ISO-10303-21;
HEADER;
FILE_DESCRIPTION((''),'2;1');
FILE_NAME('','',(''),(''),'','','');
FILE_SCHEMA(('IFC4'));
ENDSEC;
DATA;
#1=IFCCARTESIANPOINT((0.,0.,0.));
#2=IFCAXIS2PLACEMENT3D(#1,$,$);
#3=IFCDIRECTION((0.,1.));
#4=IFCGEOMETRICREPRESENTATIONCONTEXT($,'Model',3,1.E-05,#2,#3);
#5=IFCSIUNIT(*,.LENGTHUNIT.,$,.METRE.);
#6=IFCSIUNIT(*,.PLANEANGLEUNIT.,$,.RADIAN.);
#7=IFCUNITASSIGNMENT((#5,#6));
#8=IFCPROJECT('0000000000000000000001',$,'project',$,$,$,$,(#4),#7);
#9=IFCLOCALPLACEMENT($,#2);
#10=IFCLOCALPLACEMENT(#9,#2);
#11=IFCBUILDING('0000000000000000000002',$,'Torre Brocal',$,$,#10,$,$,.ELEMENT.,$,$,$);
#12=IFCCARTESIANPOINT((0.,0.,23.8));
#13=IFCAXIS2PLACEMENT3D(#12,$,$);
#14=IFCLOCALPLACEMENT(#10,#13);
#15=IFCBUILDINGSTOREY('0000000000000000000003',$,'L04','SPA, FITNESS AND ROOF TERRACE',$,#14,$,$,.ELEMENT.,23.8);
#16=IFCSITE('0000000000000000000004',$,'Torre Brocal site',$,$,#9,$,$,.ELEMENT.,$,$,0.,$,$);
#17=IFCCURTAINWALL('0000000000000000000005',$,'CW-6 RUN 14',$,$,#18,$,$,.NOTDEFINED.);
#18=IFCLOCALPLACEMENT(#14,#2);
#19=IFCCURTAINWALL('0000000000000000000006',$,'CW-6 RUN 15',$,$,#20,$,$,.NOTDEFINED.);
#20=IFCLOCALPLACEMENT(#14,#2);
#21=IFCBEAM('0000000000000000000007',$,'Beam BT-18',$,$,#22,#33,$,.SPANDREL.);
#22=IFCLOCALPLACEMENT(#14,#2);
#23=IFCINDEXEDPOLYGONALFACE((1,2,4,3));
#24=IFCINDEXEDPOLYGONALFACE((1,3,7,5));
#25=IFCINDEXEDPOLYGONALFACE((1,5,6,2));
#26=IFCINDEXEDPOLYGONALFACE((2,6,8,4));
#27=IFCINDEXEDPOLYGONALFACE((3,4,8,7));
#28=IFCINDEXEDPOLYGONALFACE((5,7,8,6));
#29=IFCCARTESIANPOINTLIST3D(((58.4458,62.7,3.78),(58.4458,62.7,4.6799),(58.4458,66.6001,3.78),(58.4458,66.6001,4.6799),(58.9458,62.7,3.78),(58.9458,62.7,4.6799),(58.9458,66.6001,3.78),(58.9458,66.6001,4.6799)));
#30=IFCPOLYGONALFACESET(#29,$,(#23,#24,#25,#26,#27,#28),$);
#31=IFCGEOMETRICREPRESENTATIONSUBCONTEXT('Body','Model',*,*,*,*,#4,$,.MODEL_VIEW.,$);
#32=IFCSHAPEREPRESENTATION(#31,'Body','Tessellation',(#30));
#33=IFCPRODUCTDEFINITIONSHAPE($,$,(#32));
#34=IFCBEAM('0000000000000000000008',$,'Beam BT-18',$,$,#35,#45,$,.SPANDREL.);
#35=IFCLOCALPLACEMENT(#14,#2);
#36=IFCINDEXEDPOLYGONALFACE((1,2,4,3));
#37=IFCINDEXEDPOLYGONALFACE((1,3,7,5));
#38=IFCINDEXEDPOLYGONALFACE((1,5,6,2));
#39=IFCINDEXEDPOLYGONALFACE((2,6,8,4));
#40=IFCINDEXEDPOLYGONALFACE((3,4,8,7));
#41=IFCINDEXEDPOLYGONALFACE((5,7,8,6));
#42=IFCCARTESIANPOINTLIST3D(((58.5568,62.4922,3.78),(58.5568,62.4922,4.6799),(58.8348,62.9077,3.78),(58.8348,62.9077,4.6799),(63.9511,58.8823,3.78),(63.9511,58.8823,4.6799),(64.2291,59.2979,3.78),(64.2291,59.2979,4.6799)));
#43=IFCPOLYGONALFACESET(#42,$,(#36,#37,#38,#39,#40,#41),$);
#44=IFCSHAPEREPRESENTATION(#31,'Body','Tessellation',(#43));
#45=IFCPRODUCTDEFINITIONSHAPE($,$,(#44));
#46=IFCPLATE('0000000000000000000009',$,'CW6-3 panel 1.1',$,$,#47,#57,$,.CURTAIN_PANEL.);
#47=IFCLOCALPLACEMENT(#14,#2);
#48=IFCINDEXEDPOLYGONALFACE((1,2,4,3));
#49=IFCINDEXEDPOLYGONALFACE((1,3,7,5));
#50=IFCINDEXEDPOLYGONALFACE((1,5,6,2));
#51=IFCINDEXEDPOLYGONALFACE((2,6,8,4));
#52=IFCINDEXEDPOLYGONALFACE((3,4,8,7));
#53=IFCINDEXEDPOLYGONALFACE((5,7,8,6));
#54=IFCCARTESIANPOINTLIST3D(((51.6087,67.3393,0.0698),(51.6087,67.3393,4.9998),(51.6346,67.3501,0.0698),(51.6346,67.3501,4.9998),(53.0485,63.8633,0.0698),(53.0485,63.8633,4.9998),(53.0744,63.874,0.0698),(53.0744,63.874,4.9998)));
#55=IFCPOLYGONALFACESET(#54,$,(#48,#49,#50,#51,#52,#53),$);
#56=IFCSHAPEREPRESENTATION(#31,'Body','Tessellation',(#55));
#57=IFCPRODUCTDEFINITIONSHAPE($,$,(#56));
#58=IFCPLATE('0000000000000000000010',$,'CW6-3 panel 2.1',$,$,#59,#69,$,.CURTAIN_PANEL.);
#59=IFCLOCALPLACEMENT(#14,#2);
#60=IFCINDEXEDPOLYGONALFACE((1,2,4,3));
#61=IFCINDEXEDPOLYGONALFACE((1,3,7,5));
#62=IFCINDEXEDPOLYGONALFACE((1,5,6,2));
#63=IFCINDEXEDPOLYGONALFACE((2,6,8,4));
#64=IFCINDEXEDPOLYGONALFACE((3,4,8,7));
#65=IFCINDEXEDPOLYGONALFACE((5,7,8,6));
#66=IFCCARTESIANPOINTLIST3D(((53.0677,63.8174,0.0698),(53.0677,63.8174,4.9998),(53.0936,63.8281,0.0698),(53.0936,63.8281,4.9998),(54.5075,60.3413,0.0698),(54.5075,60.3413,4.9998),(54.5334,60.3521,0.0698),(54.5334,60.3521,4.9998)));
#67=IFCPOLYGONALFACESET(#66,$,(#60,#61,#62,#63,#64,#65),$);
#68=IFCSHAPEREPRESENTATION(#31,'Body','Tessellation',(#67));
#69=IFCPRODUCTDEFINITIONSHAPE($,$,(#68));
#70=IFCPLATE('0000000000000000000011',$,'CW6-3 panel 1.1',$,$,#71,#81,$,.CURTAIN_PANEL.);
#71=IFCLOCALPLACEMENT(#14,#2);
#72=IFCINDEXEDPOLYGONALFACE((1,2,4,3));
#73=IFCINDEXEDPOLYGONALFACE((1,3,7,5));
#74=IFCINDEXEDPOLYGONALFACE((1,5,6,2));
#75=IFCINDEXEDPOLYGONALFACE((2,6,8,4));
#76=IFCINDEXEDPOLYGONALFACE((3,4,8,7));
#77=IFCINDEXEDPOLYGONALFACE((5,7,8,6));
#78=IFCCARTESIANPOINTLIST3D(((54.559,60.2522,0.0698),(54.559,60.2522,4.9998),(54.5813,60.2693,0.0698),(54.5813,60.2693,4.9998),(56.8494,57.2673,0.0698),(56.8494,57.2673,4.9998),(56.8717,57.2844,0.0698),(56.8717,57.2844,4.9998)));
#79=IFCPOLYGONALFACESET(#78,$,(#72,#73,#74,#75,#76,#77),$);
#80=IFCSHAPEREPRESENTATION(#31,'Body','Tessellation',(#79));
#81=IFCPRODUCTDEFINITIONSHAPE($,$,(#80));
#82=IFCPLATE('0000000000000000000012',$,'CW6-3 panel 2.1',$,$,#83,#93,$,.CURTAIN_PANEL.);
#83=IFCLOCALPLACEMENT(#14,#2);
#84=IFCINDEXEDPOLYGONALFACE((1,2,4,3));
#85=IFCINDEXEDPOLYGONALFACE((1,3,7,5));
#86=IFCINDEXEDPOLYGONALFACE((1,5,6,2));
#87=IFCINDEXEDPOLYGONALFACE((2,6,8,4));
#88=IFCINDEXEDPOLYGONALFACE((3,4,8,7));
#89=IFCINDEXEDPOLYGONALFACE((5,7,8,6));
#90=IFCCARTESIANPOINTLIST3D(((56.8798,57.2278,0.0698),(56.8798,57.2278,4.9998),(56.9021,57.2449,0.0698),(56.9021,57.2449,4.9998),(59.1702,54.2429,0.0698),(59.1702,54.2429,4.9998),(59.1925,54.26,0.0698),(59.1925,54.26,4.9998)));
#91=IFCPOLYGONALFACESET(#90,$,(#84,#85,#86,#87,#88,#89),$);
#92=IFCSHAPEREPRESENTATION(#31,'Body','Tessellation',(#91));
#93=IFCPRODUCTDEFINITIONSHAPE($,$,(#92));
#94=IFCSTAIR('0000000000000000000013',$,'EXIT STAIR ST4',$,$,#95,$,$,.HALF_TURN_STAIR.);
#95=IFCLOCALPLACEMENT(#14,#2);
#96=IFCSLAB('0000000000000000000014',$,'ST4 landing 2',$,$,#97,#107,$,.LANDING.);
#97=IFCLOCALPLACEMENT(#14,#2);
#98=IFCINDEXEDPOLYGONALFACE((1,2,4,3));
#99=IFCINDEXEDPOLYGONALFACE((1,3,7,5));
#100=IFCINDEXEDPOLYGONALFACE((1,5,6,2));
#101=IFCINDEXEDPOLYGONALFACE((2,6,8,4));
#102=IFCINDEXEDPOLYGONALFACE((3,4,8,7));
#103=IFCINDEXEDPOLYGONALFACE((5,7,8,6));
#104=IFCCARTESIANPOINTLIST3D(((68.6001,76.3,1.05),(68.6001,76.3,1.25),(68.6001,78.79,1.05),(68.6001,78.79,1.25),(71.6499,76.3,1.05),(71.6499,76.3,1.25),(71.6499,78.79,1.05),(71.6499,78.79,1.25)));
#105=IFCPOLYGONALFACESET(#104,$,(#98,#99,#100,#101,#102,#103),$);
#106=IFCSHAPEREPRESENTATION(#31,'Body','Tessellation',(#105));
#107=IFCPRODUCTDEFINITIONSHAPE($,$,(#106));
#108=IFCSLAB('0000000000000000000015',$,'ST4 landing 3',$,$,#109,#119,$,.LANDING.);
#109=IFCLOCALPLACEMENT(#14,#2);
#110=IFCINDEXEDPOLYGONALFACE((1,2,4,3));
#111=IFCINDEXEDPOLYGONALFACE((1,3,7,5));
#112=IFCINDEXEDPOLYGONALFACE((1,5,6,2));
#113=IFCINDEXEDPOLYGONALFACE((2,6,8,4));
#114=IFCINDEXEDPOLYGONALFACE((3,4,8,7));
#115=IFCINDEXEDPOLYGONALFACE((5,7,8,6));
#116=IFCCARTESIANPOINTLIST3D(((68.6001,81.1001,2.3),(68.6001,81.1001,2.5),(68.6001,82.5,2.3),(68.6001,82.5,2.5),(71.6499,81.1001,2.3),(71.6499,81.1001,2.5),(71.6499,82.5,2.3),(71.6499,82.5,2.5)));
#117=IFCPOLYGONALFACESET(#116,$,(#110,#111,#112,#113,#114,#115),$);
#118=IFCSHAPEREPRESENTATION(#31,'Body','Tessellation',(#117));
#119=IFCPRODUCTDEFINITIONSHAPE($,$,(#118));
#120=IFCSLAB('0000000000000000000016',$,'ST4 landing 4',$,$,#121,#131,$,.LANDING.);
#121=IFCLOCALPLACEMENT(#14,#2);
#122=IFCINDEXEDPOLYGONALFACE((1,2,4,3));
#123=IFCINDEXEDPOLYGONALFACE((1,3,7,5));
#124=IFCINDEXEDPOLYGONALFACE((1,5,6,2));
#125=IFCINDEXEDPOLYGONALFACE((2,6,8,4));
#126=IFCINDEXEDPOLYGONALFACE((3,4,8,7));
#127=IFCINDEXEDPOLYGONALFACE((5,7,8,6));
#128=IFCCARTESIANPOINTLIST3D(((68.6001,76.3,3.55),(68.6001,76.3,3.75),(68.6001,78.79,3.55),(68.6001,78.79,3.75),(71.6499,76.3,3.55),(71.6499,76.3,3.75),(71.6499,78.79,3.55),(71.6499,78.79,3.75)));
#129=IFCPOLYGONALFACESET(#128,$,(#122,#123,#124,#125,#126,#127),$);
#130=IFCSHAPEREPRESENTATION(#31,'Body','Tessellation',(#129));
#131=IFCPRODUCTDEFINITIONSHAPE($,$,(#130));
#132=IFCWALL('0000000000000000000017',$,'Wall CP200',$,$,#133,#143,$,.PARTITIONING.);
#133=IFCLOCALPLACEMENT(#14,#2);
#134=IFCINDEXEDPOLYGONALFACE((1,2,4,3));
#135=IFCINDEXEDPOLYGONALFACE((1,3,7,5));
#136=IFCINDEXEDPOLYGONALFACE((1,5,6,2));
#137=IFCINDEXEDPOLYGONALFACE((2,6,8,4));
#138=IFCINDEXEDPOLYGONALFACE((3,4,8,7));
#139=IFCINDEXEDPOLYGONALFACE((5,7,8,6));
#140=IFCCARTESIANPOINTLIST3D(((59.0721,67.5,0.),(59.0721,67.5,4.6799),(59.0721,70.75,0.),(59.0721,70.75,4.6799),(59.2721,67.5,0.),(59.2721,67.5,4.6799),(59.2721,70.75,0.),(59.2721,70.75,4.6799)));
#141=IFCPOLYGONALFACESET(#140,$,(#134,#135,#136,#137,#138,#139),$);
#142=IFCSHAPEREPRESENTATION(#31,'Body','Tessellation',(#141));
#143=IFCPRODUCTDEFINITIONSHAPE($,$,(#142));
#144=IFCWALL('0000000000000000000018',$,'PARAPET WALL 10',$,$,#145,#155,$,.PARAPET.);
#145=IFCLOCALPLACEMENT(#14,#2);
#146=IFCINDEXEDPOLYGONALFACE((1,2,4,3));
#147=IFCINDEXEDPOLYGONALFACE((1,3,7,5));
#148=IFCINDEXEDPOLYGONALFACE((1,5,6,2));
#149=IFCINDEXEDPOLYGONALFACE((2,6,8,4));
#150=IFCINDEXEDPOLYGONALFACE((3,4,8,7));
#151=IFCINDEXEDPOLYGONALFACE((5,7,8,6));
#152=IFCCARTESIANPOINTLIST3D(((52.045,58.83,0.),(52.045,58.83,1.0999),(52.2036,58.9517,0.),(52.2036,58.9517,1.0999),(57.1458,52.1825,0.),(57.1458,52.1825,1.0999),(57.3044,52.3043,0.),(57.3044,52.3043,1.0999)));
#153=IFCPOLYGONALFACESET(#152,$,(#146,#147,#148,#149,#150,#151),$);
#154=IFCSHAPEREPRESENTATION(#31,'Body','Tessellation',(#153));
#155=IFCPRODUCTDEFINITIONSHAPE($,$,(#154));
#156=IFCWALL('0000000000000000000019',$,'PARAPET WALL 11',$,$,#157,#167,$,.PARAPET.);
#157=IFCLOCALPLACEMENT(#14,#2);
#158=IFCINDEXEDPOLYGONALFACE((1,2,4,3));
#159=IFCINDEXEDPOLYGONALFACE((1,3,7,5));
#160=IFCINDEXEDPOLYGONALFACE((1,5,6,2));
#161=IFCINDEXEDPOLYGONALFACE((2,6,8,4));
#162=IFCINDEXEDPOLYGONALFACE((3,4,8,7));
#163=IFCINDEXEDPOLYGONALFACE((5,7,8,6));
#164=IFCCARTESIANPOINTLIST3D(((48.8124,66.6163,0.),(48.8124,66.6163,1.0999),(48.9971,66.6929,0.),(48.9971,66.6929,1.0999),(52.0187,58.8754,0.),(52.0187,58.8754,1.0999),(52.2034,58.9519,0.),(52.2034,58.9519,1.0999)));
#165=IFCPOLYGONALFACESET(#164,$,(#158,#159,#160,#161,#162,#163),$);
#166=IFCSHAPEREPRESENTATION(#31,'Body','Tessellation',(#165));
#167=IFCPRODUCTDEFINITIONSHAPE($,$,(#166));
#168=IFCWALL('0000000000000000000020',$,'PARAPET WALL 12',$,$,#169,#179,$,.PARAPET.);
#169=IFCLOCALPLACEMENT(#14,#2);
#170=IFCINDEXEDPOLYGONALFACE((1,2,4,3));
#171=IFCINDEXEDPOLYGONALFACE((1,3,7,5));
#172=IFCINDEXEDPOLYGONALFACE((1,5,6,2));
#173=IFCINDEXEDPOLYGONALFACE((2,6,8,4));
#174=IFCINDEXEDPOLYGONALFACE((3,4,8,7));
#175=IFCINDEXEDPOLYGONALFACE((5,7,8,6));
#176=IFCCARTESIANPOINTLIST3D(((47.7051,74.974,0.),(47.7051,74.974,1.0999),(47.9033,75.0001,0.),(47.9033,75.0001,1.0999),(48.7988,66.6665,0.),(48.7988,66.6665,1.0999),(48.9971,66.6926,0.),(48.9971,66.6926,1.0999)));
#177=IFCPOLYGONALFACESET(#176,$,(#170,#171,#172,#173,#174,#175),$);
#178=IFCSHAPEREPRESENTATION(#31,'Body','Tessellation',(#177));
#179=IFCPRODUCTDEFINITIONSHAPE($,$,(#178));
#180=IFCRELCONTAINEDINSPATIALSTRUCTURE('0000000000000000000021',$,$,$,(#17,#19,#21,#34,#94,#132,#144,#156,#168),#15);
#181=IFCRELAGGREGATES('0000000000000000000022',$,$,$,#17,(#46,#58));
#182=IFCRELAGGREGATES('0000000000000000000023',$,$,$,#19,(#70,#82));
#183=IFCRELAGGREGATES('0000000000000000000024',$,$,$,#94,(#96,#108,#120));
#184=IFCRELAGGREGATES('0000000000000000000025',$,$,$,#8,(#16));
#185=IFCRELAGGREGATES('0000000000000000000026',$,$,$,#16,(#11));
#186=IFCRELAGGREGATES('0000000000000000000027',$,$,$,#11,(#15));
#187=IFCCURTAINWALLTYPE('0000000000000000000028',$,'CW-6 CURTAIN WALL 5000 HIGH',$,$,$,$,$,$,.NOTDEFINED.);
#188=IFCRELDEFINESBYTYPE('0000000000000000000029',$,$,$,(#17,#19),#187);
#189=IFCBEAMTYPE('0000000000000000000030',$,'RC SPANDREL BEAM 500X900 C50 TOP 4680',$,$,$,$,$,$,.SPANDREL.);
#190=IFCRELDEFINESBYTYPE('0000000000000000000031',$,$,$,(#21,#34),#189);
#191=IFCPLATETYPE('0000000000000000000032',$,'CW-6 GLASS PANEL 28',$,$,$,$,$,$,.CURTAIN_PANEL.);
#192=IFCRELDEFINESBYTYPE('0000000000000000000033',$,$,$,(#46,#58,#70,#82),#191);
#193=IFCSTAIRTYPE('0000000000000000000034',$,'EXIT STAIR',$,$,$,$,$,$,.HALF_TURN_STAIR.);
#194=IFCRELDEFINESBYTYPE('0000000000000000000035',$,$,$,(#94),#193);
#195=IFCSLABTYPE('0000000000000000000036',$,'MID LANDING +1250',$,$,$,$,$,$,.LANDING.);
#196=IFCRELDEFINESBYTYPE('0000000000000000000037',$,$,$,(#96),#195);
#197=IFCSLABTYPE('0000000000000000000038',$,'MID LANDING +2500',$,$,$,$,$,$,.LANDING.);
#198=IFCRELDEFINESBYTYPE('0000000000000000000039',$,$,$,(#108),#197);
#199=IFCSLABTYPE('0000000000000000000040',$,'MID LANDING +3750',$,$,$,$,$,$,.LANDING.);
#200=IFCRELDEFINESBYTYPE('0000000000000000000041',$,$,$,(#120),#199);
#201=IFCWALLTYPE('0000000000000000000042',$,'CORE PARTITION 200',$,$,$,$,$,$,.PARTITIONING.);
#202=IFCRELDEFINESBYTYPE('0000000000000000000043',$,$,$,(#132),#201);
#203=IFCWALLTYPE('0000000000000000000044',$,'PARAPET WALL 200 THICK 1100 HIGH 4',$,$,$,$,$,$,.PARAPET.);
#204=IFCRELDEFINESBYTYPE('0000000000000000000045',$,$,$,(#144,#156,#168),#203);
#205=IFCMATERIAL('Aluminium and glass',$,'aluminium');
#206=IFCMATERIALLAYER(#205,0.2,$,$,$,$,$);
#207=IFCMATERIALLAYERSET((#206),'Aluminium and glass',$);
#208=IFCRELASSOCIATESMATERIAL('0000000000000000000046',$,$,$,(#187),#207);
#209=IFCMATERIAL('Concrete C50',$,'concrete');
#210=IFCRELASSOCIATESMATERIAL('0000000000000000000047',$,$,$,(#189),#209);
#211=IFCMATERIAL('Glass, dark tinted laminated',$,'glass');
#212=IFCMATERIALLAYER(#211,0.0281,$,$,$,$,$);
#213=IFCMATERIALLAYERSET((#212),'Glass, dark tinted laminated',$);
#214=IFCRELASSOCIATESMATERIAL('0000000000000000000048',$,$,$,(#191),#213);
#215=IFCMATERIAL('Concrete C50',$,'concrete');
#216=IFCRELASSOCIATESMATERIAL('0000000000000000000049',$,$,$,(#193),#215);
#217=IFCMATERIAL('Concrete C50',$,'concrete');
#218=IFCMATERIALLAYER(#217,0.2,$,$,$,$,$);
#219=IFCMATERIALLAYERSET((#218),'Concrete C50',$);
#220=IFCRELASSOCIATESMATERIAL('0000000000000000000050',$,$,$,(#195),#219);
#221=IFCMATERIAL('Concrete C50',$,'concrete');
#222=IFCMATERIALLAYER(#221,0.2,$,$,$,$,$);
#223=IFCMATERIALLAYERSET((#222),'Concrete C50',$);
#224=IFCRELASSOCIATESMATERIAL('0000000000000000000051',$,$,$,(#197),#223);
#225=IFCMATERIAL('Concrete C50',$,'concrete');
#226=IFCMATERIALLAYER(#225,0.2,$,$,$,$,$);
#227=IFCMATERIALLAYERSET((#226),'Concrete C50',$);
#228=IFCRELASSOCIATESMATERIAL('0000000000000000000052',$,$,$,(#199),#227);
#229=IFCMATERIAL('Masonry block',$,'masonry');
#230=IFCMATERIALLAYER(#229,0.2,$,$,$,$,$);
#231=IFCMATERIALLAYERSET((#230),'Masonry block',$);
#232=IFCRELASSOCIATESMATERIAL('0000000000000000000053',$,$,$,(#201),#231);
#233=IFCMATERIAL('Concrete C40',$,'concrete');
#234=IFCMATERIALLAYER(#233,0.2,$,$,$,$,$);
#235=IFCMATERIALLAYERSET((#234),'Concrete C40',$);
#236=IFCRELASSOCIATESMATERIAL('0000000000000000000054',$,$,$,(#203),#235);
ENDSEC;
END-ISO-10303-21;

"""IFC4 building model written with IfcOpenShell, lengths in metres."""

from ifc_helpers import new_model, si_unit, direction, frame, frame_2d, origin, origin_2d, place, context, subcontext, project, spatial, polyline, rectangle, outline, extrude, material, layer, layer_set, material_profile, profile_set, type_object, element, aggregate, save


model = new_model("IFC4")

# Units and contexts
model_context = context("Model", 3, precision=1e-05, world=origin(), true_north=direction((0.0, 1.0)))
body_context = subcontext(model_context, "Body", "Model", "MODEL_VIEW")
ifc_project = project(units=[si_unit("LENGTHUNIT", "METRE"), si_unit("PLANEANGLEUNIT", "RADIAN")], contexts=[model_context])

# Site, building, storey
site_placement = place(None, origin())
site = spatial("IfcSite", under=ifc_project, at=site_placement, Name="Torre Brocal site", CompositionType="ELEMENT", RefElevation=0.0)
building_placement = place(site_placement, origin())
building = spatial("IfcBuilding", under=site, at=building_placement, Name="Torre Brocal", CompositionType="ELEMENT")
storey_placement = place(building_placement, frame((0.0, 0.0, 23.8)))
storey = spatial("IfcBuildingStorey", under=building, at=storey_placement, Name="L04", Description="SPA, FITNESS AND ROOF TERRACE", CompositionType="ELEMENT", Elevation=23.8)

# Curtain walls
ifc_material_1 = material(Name="Aluminium and glass", Category="aluminium")
ifc_layer_1 = layer(ifc_material_1, 0.2)
ifc_layer_set_1 = layer_set([ifc_layer_1], Name="Aluminium and glass")
curtain_wall_type = type_object("IfcCurtainWallType", Name="CW-6 CURTAIN WALL 5000 HIGH", PredefinedType="NOTDEFINED", material=ifc_layer_set_1)
curtain_wall_1_placement = place(storey_placement, origin())
curtain_wall_1 = element("IfcCurtainWall", 1, at=curtain_wall_1_placement, inside=storey, type_object=curtain_wall_type, Name="CW-6 RUN 14", PredefinedType="NOTDEFINED")
curtain_wall_2_placement = place(storey_placement, origin())
curtain_wall_2 = element("IfcCurtainWall", 2, at=curtain_wall_2_placement, inside=storey, type_object=curtain_wall_type, Name="CW-6 RUN 15", PredefinedType="NOTDEFINED")

# Beams
ifc_material_2 = material(Name="Concrete C50", Category="concrete")
ifc_material_profile_1 = material_profile(ifc_material_2, rectangle(XDim=0.5, YDim=0.8999, at=origin_2d()), Name="RC 500X900")
ifc_profile_set_1 = profile_set([ifc_material_profile_1], Name="Concrete C50")
beam_type_1 = type_object("IfcBeamType", Name="RC SPANDREL BEAM 500X900 C50 TOP 4680", PredefinedType="SPANDREL", material=ifc_profile_set_1)
beam_1_placement = place(storey_placement, frame((58.6958, 62.7, 4.23), z_axis=(0.0, 1.0, 0.0), x_axis=(-1.0, 0.0, 0.0)))
element("IfcBeam", 3, at=beam_1_placement, inside=storey, type_object=beam_type_1, Name="Beam BT-18", PredefinedType="SPANDREL", context=body_context, shape_type="SweptSolid", body=[
    extrude(rectangle(XDim=0.5, YDim=0.8999, at=origin_2d()), origin(), (0.0, 0.0, 1.0), 3.9001),
])
beam_2_placement = place(storey_placement, frame((58.6958, 62.7, 4.23), z_axis=(0.831077, -0.556158, 0.0), x_axis=(0.556158, 0.831077, 0.0)))
element("IfcBeam", 4, at=beam_2_placement, inside=storey, type_object=beam_type_1, Name="Beam BT-18", PredefinedType="SPANDREL", context=body_context, shape_type="SweptSolid", body=[
    extrude(rectangle(XDim=0.5, YDim=0.8999, at=origin_2d()), origin(), (0.0, 0.0, 1.0), 6.4907),
])

# Plates
ifc_material_3 = material(Name="Glass, dark tinted laminated", Category="glass")
ifc_layer_2 = layer(ifc_material_3, 0.0281)
ifc_layer_set_2 = layer_set([ifc_layer_2], Name="Glass, dark tinted laminated")
plate_type = type_object("IfcPlateType", Name="CW-6 GLASS PANEL 28", PredefinedType="CURTAIN_PANEL", material=ifc_layer_set_2)
plate_1_placement = place(storey_placement, frame((52.3416, 65.6067, 0.0698), z_axis=(0.0, 0.0, 1.0), x_axis=(0.382683, -0.92388, 0.0)))
plate_1 = element("IfcPlate", 5, at=plate_1_placement, type_object=plate_type, Name="CW6-3 panel 1.1", PredefinedType="CURTAIN_PANEL", context=body_context, shape_type="SweptSolid", body=[
    extrude(rectangle(XDim=3.7625, YDim=0.0281, at=origin_2d()), origin(), (0.0, 0.0, 1.0), 4.9299),
])
plate_2_placement = place(storey_placement, frame((53.8005, 62.0847, 0.0698), z_axis=(0.0, 0.0, 1.0), x_axis=(0.382683, -0.92388, 0.0)))
plate_2 = element("IfcPlate", 6, at=plate_2_placement, type_object=plate_type, Name="CW6-3 panel 2.1", PredefinedType="CURTAIN_PANEL", context=body_context, shape_type="SweptSolid", body=[
    extrude(rectangle(XDim=3.7625, YDim=0.0281, at=origin_2d()), origin(), (0.0, 0.0, 1.0), 4.9299),
])
aggregate(curtain_wall_1, [plate_1, plate_2])
plate_3_placement = place(storey_placement, frame((55.7153, 58.7683, 0.0698), z_axis=(0.0, 0.0, 1.0), x_axis=(0.608761, -0.793353, 0.0)))
plate_3 = element("IfcPlate", 7, at=plate_3_placement, type_object=plate_type, Name="CW6-3 panel 1.1", PredefinedType="CURTAIN_PANEL", context=body_context, shape_type="SweptSolid", body=[
    extrude(rectangle(XDim=3.7625, YDim=0.0281, at=origin_2d()), origin(), (0.0, 0.0, 1.0), 4.9299),
])
plate_4_placement = place(storey_placement, frame((58.0361, 55.7439, 0.0698), z_axis=(0.0, 0.0, 1.0), x_axis=(0.608761, -0.793353, 0.0)))
plate_4 = element("IfcPlate", 8, at=plate_4_placement, type_object=plate_type, Name="CW6-3 panel 2.1", PredefinedType="CURTAIN_PANEL", context=body_context, shape_type="SweptSolid", body=[
    extrude(rectangle(XDim=3.7625, YDim=0.0281, at=origin_2d()), origin(), (0.0, 0.0, 1.0), 4.9299),
])
aggregate(curtain_wall_2, [plate_3, plate_4])

# Stair, slabs
ifc_material_4 = material(Name="Concrete C50", Category="concrete")
stair_type = type_object("IfcStairType", Name="EXIT STAIR", PredefinedType="HALF_TURN_STAIR", material=ifc_material_4)
stair_placement = place(storey_placement, origin())
stair = element("IfcStair", 9, at=stair_placement, inside=storey, type_object=stair_type, Name="EXIT STAIR ST4", PredefinedType="HALF_TURN_STAIR")
ifc_material_5 = material(Name="Concrete C50", Category="concrete")
ifc_layer_3 = layer(ifc_material_5, 0.2)
ifc_layer_set_3 = layer_set([ifc_layer_3], Name="Concrete C50")
slab_type_1 = type_object("IfcSlabType", Name="MID LANDING +1250", PredefinedType="LANDING", material=ifc_layer_set_3)
slab_1_placement = place(storey_placement, frame((0.0, 0.0, 1.05)))
slab_1 = element("IfcSlab", 10, at=slab_1_placement, type_object=slab_type_1, Name="ST4 landing 2", PredefinedType="LANDING", context=body_context, shape_type="SweptSolid", body=[
    extrude(outline(polyline([(71.6499, 78.79), (68.6001, 78.79), (68.6001, 76.3), (71.6499, 76.3), (71.6499, 78.79)])), origin(), (0.0, 0.0, 1.0), 0.2),
])
ifc_material_6 = material(Name="Concrete C50", Category="concrete")
ifc_layer_4 = layer(ifc_material_6, 0.2)
ifc_layer_set_4 = layer_set([ifc_layer_4], Name="Concrete C50")
slab_type_2 = type_object("IfcSlabType", Name="MID LANDING +2500", PredefinedType="LANDING", material=ifc_layer_set_4)
slab_2_placement = place(storey_placement, frame((0.0, 0.0, 2.3)))
slab_2 = element("IfcSlab", 11, at=slab_2_placement, type_object=slab_type_2, Name="ST4 landing 3", PredefinedType="LANDING", context=body_context, shape_type="SweptSolid", body=[
    extrude(outline(polyline([(71.6499, 82.5), (68.6001, 82.5), (68.6001, 81.1001), (71.6499, 81.1001), (71.6499, 82.5)])), origin(), (0.0, 0.0, 1.0), 0.2),
])
ifc_material_7 = material(Name="Concrete C50", Category="concrete")
ifc_layer_5 = layer(ifc_material_7, 0.2)
ifc_layer_set_5 = layer_set([ifc_layer_5], Name="Concrete C50")
slab_type_3 = type_object("IfcSlabType", Name="MID LANDING +3750", PredefinedType="LANDING", material=ifc_layer_set_5)
slab_3_placement = place(storey_placement, frame((0.0, 0.0, 3.55)))
slab_3 = element("IfcSlab", 12, at=slab_3_placement, type_object=slab_type_3, Name="ST4 landing 4", PredefinedType="LANDING", context=body_context, shape_type="SweptSolid", body=[
    extrude(outline(polyline([(71.6499, 78.79), (68.6001, 78.79), (68.6001, 76.3), (71.6499, 76.3), (71.6499, 78.79)])), origin(), (0.0, 0.0, 1.0), 0.2),
])
aggregate(stair, [slab_1, slab_2, slab_3])

# Walls
ifc_material_8 = material(Name="Masonry block", Category="masonry")
ifc_layer_6 = layer(ifc_material_8, 0.2)
ifc_layer_set_6 = layer_set([ifc_layer_6], Name="Masonry block")
wall_type_1 = type_object("IfcWallType", Name="CORE PARTITION 200", PredefinedType="PARTITIONING", material=ifc_layer_set_6)
wall_1_placement = place(storey_placement, frame((59.1721, 70.75, 0.0), z_axis=(0.0, 0.0, 1.0), x_axis=(0.0, -1.0, 0.0)))
element("IfcWall", 13, at=wall_1_placement, inside=storey, type_object=wall_type_1, Name="Wall CP200", PredefinedType="PARTITIONING", context=body_context, shape_type="SweptSolid", body=[
    extrude(rectangle(XDim=3.25, YDim=0.2, at=frame_2d((1.625, 0.0))), origin(), (0.0, 0.0, 1.0), 4.6799),
])
ifc_material_9 = material(Name="Concrete C40", Category="concrete")
ifc_layer_7 = layer(ifc_material_9, 0.2)
ifc_layer_set_7 = layer_set([ifc_layer_7], Name="Concrete C40")
wall_type_2 = type_object("IfcWallType", Name="PARAPET WALL 200 THICK 1100 HIGH 4", PredefinedType="PARAPET", material=ifc_layer_set_7)
wall_2_placement = place(storey_placement, frame((57.2251, 52.2434, 0.0), z_axis=(0.0, 0.0, 1.0), x_axis=(-0.608765, 0.79335, 0.0)))
element("IfcWall", 14, at=wall_2_placement, inside=storey, type_object=wall_type_2, Name="PARAPET WALL 10", PredefinedType="PARAPET", context=body_context, shape_type="SweptSolid", body=[
    extrude(rectangle(XDim=8.3789, YDim=0.2, at=frame_2d((4.1895, 0.0))), origin(), (0.0, 0.0, 1.0), 1.0999),
])
wall_3_placement = place(storey_placement, frame((52.1111, 58.9136, 0.0), z_axis=(0.0, 0.0, 1.0), x_axis=(-0.382672, 0.923884, 0.0)))
element("IfcWall", 15, at=wall_3_placement, inside=storey, type_object=wall_type_2, Name="PARAPET WALL 11", PredefinedType="PARAPET", context=body_context, shape_type="SweptSolid", body=[
    extrude(rectangle(XDim=8.3787, YDim=0.2, at=frame_2d((4.1895, 0.0))), origin(), (0.0, 0.0, 1.0), 1.0999),
])
wall_4_placement = place(storey_placement, frame((48.8979, 66.6797, 0.0), z_axis=(0.0, 0.0, 1.0), x_axis=(-0.130534, 0.991444, 0.0)))
element("IfcWall", 16, at=wall_4_placement, inside=storey, type_object=wall_type_2, Name="PARAPET WALL 12", PredefinedType="PARAPET", context=body_context, shape_type="SweptSolid", body=[
    extrude(rectangle(XDim=8.3792, YDim=0.2, at=frame_2d((4.1895, 0.0))), origin(), (0.0, 0.0, 1.0), 1.0999),
])

save(model, "model.ifc")
